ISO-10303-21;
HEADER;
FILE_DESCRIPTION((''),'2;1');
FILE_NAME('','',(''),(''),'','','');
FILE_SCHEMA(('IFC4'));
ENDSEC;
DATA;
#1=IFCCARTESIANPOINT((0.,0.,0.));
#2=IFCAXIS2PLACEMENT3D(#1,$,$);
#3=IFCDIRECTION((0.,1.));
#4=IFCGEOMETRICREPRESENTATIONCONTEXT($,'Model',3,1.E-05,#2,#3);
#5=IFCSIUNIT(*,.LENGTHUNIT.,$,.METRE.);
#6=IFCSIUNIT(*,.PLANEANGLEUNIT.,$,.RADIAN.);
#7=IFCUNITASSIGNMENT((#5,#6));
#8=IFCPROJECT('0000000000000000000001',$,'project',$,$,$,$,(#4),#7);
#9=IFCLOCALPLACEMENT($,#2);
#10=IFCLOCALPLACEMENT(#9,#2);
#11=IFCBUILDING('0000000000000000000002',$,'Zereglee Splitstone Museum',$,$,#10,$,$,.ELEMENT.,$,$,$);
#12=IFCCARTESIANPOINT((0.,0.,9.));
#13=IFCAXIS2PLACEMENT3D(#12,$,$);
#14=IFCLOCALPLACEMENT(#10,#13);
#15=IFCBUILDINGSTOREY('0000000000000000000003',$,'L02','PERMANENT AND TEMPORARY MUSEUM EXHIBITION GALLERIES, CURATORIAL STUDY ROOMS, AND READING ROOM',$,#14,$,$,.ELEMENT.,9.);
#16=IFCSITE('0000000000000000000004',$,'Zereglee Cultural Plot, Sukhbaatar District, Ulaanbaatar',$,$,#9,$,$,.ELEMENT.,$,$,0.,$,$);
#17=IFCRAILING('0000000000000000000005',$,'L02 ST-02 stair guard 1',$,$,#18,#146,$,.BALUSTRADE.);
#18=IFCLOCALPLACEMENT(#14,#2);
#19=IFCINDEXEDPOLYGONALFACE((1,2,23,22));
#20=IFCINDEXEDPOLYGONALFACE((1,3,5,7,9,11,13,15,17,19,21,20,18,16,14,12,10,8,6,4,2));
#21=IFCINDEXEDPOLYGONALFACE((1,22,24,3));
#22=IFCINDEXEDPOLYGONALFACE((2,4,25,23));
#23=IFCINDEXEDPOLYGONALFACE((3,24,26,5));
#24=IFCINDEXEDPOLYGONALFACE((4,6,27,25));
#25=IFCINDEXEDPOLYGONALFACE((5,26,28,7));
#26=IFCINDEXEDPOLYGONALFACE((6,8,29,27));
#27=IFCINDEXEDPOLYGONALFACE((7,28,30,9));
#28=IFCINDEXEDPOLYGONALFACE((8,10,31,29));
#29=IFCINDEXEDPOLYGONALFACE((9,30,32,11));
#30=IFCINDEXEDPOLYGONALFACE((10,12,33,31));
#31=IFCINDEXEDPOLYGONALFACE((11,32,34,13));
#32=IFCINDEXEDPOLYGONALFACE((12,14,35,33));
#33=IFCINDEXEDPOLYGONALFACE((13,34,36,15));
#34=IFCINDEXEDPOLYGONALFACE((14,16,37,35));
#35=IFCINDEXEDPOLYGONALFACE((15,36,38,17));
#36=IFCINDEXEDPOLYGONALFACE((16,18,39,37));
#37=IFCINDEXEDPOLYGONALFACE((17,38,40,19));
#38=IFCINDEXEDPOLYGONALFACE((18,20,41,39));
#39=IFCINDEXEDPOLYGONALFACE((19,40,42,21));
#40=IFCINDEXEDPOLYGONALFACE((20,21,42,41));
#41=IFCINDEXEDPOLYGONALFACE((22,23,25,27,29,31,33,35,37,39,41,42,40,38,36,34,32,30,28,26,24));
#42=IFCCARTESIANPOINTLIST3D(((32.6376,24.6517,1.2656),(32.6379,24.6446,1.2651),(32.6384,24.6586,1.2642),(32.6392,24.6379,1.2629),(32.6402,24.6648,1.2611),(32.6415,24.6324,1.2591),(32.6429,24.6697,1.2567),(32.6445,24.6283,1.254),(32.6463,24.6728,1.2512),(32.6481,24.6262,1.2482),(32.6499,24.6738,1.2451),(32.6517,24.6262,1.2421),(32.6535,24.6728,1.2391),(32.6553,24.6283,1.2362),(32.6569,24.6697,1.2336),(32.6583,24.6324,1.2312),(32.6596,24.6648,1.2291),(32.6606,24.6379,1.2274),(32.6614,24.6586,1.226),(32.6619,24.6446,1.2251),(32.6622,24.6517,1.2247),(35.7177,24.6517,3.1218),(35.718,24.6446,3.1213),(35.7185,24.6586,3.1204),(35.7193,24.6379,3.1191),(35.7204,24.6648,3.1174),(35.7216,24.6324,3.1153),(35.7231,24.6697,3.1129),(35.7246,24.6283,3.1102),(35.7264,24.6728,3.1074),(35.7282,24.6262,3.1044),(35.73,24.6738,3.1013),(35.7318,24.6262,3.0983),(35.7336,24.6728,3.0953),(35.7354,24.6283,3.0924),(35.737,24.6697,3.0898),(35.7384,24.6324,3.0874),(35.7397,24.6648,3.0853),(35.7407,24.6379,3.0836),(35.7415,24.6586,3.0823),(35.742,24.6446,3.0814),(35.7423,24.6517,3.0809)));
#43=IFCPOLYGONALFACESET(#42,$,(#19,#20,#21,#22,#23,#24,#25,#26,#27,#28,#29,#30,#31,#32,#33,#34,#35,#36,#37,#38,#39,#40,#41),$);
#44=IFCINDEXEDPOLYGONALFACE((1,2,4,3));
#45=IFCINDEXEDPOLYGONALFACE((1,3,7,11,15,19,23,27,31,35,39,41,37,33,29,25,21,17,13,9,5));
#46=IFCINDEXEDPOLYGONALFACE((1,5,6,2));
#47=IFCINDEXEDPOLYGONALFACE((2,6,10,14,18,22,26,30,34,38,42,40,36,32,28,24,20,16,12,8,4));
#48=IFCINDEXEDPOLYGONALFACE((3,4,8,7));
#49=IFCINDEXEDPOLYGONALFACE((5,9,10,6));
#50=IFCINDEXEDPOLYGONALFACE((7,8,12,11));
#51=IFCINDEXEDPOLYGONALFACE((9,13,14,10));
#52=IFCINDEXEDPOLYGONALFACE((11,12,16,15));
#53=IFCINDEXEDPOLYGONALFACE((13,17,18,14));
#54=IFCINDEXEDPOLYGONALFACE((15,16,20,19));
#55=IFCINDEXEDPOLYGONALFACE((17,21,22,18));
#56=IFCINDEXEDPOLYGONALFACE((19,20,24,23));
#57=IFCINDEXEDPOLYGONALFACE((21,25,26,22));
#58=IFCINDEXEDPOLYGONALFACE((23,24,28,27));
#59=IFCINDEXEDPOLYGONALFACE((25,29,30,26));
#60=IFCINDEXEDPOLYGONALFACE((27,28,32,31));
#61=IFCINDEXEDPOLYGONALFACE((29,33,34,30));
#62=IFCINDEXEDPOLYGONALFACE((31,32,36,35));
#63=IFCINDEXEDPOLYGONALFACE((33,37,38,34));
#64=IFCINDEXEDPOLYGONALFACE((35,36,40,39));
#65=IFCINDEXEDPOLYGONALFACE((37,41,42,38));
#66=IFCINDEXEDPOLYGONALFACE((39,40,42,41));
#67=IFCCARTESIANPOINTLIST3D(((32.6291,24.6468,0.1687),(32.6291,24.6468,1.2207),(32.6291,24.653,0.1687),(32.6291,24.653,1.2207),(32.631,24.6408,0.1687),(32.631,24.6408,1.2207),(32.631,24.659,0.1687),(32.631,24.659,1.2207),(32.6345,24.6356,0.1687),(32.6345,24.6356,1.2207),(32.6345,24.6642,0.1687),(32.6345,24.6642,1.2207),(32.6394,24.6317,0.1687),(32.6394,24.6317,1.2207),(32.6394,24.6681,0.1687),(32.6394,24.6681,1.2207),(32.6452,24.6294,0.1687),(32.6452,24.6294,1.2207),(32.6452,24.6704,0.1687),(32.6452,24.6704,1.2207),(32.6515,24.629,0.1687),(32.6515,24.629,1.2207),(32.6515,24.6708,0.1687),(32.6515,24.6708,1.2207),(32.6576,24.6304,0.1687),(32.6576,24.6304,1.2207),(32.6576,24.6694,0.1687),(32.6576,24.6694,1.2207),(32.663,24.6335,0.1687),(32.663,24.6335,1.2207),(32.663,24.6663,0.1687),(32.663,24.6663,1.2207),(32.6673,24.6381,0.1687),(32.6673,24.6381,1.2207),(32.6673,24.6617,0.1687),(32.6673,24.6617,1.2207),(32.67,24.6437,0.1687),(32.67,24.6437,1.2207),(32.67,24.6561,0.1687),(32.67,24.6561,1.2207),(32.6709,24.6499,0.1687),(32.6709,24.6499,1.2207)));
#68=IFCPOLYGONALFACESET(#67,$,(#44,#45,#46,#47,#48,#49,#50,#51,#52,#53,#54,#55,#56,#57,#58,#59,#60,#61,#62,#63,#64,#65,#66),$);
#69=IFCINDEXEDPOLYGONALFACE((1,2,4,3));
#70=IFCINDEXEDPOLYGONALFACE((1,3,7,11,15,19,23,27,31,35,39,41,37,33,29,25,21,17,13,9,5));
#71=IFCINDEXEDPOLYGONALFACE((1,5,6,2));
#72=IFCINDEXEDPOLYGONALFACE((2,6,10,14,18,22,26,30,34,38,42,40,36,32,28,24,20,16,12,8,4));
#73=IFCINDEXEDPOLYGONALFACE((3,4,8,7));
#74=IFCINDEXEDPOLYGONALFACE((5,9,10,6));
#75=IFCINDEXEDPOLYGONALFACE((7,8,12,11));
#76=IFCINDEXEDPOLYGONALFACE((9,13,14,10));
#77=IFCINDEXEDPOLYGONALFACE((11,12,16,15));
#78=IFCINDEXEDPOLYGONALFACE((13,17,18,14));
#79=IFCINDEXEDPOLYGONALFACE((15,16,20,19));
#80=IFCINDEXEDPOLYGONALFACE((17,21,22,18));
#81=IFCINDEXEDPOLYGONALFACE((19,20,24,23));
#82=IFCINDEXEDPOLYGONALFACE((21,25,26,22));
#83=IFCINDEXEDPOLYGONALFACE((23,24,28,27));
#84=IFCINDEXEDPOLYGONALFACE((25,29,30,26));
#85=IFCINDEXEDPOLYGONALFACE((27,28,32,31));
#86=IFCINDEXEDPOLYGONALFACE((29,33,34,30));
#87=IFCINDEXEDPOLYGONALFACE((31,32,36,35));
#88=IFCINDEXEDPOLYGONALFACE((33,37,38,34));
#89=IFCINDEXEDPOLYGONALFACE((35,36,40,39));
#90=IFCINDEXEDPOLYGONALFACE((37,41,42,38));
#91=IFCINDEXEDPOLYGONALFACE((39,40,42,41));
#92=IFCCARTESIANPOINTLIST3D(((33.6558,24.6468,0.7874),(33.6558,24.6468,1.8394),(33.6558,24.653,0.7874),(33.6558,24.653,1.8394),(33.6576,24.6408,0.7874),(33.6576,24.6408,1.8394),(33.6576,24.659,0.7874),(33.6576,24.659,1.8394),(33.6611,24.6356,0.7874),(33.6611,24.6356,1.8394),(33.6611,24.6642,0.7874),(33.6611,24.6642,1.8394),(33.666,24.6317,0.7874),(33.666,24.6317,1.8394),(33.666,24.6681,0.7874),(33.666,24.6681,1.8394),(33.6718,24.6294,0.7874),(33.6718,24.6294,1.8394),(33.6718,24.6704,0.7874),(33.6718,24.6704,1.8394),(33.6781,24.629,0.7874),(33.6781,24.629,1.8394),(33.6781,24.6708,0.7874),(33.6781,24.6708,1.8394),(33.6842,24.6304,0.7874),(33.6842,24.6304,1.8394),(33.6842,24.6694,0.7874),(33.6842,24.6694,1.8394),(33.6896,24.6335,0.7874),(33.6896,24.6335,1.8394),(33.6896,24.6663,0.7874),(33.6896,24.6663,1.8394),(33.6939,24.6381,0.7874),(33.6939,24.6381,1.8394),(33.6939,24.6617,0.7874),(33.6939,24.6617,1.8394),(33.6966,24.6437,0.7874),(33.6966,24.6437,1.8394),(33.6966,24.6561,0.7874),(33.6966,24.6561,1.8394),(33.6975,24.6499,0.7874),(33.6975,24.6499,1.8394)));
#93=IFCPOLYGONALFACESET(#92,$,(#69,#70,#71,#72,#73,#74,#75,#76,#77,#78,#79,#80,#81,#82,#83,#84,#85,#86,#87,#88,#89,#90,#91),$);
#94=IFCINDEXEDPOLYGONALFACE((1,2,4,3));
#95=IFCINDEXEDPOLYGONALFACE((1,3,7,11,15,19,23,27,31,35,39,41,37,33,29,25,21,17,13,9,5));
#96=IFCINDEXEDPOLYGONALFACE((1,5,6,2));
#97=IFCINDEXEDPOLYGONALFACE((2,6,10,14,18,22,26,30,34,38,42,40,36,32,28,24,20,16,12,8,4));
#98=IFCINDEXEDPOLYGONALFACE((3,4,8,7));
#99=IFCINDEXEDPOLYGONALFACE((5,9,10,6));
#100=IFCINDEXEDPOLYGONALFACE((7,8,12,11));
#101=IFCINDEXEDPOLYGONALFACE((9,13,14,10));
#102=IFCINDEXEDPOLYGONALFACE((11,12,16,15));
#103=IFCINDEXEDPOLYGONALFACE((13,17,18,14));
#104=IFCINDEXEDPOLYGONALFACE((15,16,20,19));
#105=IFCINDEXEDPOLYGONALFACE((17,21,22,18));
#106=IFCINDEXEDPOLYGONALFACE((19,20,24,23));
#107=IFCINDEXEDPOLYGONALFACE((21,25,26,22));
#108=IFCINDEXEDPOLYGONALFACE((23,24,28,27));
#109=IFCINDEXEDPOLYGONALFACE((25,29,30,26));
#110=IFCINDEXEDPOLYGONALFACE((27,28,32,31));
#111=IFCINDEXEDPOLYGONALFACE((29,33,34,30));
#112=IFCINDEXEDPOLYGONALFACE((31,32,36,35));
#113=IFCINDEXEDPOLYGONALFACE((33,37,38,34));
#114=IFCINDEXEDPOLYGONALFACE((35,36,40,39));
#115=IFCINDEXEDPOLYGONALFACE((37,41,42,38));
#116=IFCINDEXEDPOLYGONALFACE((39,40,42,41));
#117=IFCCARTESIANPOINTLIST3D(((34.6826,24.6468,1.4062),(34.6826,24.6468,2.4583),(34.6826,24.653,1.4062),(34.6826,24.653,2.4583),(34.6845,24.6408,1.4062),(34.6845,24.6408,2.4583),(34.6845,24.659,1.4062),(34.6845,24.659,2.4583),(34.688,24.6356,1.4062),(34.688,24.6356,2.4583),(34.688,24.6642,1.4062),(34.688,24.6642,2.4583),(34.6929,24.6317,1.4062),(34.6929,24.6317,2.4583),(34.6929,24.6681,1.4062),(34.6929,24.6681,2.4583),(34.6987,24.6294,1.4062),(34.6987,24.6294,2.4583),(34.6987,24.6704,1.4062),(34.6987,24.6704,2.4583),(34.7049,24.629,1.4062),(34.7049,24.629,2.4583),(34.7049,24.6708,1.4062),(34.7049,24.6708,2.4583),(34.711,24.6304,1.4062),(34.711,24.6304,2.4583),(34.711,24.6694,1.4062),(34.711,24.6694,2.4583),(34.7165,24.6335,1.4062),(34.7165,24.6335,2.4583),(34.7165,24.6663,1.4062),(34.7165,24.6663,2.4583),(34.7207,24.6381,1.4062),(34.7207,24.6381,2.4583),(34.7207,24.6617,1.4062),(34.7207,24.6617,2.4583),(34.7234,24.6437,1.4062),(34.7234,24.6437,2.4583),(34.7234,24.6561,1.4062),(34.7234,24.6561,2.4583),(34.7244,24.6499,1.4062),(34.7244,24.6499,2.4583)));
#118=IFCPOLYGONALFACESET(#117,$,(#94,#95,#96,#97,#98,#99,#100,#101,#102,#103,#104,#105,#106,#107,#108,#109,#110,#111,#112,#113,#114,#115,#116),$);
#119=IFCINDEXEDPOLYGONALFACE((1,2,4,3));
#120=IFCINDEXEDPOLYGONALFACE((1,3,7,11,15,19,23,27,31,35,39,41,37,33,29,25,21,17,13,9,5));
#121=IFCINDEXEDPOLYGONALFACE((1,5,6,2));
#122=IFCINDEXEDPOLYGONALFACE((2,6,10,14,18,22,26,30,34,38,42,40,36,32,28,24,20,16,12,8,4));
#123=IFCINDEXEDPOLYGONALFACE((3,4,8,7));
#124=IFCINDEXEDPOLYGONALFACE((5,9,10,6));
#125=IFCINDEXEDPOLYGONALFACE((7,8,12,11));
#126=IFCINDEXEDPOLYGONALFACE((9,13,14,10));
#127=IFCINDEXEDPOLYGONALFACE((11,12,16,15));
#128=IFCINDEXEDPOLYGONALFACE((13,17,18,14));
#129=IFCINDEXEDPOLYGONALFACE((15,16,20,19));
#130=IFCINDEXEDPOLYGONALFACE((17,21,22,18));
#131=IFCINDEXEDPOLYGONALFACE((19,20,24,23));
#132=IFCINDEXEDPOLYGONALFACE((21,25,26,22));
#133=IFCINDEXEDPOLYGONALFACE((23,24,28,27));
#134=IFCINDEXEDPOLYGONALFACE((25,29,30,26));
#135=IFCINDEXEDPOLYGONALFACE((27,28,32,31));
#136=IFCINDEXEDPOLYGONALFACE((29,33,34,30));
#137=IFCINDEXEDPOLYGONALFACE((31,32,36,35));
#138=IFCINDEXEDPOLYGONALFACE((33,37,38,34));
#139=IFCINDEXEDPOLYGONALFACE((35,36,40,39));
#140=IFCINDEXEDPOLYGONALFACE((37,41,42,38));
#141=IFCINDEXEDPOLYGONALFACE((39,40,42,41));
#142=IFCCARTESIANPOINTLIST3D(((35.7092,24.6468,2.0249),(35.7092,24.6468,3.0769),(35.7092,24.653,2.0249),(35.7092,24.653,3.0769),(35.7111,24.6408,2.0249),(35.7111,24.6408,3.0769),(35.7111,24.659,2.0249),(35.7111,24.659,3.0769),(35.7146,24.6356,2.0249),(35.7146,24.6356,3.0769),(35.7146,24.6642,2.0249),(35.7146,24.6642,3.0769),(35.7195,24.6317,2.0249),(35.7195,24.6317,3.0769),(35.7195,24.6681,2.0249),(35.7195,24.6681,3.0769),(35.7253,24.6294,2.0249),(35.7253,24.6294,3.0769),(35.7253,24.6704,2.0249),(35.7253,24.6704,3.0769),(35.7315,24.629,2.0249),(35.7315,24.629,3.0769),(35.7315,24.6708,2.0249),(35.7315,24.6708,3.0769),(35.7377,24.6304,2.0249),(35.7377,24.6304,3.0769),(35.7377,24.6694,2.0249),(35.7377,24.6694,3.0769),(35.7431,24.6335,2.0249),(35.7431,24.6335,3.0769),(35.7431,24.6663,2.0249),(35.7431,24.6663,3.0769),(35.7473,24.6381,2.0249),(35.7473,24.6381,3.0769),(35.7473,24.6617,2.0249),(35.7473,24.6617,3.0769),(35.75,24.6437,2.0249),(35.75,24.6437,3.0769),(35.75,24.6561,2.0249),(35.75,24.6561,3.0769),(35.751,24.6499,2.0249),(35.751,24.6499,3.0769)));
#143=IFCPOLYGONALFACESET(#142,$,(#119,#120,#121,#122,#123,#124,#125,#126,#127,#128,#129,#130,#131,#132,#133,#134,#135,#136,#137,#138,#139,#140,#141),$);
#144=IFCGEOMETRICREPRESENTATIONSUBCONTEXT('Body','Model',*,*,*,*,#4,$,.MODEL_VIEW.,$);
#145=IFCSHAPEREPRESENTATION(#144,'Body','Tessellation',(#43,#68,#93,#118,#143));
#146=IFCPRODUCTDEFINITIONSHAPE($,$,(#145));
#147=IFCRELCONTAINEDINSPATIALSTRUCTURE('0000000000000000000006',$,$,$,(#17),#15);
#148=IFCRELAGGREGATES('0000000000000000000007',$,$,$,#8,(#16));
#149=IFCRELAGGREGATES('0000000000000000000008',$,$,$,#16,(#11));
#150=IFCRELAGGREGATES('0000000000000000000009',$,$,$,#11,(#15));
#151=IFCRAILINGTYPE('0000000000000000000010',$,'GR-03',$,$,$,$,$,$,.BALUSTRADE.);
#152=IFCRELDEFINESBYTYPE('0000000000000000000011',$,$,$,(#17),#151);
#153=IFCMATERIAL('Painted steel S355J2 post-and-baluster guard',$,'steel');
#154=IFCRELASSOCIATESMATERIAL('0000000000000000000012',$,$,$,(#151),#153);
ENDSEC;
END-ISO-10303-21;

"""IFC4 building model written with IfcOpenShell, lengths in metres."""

from ifc_helpers import new_model, si_unit, direction, frame, origin, origin_2d, place, context, subcontext, project, spatial, circle, extrude, material, type_object, element, save


model = new_model("IFC4")

# Units and contexts
model_context = context("Model", 3, precision=1e-05, world=origin(), true_north=direction((0.0, 1.0)))
body_context = subcontext(model_context, "Body", "Model", "MODEL_VIEW")
ifc_project = project(units=[si_unit("LENGTHUNIT", "METRE"), si_unit("PLANEANGLEUNIT", "RADIAN")], contexts=[model_context])

# Site, building, storey
site_placement = place(None, origin())
site = spatial("IfcSite", under=ifc_project, at=site_placement, Name="Zereglee Cultural Plot, Sukhbaatar District, Ulaanbaatar", CompositionType="ELEMENT", RefElevation=0.0)
building_placement = place(site_placement, origin())
building = spatial("IfcBuilding", under=site, at=building_placement, Name="Zereglee Splitstone Museum", CompositionType="ELEMENT")
storey_placement = place(building_placement, frame((0.0, 0.0, 9.0)))
storey = spatial("IfcBuildingStorey", under=building, at=storey_placement, Name="L02", Description="PERMANENT AND TEMPORARY MUSEUM EXHIBITION GALLERIES, CURATORIAL STUDY ROOMS, AND READING ROOM", CompositionType="ELEMENT", Elevation=9.0)

# Railing
ifc_material_1 = material(Name="Painted steel S355J2 post-and-baluster guard", Category="steel")
railing_type_1 = type_object("IfcRailingType", Name="GR-03", PredefinedType="BALUSTRADE", material=ifc_material_1)
railing_1_placement = place(storey_placement, frame((32.6499, 24.6499, 0.1687)))
element("IfcRailing", 1, at=railing_1_placement, inside=storey, type_object=railing_type_1, Name="L02 ST-02 stair guard 1", PredefinedType="BALUSTRADE", context=body_context, shape_type="SweptSolid", body=[
    extrude(circle(Radius=0.0239, at=origin_2d()), frame((0.0, 0.0, 1.0764), z_axis=(0.856491, 0.0, 0.516162), x_axis=(0.0, 1.0, 0.0)), (0.0, 0.0, 1.0), 3.5962),
    extrude(circle(Radius=0.021, at=origin_2d()), origin(), (0.0, 0.0, 1.0), 1.052),
    extrude(circle(Radius=0.021, at=origin_2d()), frame((1.0266, 0.0, 0.6187)), (0.0, 0.0, 1.0), 1.052),
    extrude(circle(Radius=0.021, at=origin_2d()), frame((2.0535, 0.0, 1.2375)), (0.0, 0.0, 1.0), 1.052),
    extrude(circle(Radius=0.021, at=origin_2d()), frame((3.0801, 0.0, 1.8562)), (0.0, 0.0, 1.0), 1.052),
])

save(model, "model.ifc")
